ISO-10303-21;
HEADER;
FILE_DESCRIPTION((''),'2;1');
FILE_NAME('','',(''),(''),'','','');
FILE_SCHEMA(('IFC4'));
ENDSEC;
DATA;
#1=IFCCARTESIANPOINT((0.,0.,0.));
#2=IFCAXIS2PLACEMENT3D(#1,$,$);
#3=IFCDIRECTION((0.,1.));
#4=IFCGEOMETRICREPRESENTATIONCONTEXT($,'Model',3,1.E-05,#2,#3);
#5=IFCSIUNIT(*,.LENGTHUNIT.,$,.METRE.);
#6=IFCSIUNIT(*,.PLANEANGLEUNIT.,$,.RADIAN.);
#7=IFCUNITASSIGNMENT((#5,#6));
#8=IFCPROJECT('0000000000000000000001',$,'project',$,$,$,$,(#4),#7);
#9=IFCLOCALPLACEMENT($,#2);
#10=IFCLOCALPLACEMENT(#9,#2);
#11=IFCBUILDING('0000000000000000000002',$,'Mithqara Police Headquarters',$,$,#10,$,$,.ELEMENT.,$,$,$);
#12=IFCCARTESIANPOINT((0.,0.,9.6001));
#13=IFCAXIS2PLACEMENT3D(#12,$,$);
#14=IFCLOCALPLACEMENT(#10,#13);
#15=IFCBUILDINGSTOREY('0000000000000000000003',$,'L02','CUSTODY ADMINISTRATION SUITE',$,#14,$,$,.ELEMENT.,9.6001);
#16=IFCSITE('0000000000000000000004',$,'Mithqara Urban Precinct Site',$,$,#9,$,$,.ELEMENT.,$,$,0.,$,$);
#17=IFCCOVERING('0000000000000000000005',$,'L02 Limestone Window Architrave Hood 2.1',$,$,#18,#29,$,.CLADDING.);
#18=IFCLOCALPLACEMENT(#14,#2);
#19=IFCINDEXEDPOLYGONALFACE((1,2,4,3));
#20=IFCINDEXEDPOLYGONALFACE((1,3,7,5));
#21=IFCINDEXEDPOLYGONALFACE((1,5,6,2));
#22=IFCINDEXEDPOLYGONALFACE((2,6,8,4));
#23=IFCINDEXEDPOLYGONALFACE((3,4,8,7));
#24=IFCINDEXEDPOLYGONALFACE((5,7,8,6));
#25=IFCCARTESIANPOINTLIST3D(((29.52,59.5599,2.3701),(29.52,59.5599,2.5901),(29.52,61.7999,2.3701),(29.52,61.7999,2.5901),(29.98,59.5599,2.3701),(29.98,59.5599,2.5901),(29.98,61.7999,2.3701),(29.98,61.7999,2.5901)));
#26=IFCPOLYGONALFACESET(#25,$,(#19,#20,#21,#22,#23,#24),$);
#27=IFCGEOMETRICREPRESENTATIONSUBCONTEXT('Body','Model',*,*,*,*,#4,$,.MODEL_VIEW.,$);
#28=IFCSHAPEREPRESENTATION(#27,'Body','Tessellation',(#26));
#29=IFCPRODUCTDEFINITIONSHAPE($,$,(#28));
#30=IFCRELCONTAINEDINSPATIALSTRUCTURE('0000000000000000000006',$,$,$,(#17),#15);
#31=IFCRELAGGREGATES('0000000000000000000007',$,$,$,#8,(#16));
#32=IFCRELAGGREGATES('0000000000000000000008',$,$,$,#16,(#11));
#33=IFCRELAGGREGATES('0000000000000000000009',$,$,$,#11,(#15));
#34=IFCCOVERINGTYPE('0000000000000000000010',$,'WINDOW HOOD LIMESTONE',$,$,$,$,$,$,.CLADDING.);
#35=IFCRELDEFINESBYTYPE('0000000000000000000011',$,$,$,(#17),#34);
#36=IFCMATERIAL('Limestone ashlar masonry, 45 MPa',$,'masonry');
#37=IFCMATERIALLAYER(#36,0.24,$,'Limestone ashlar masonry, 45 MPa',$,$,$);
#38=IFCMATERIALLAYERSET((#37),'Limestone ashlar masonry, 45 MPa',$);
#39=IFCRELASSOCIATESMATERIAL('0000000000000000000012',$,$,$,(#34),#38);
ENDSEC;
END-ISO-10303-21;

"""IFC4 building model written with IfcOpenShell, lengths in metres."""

from ifc_helpers import new_model, si_unit, direction, frame, origin, origin_2d, place, context, subcontext, project, spatial, rectangle, extrude, material, layer, layer_set, type_object, element, save


model = new_model("IFC4")

# Units and contexts
model_context = context("Model", 3, precision=1e-05, world=origin(), true_north=direction((0.0, 1.0)))
body_context = subcontext(model_context, "Body", "Model", "MODEL_VIEW")
ifc_project = project(units=[si_unit("LENGTHUNIT", "METRE"), si_unit("PLANEANGLEUNIT", "RADIAN")], contexts=[model_context])

# Site, building, storey
site_placement = place(None, origin())
site = spatial("IfcSite", under=ifc_project, at=site_placement, Name="Mithqara Urban Precinct Site", CompositionType="ELEMENT", RefElevation=0.0)
building_placement = place(site_placement, origin())
building = spatial("IfcBuilding", under=site, at=building_placement, Name="Mithqara Police Headquarters", CompositionType="ELEMENT")
storey_placement = place(building_placement, frame((0.0, 0.0, 9.6001)))
storey = spatial("IfcBuildingStorey", under=building, at=storey_placement, Name="L02", Description="CUSTODY ADMINISTRATION SUITE", CompositionType="ELEMENT", Elevation=9.6001)

# Shared definitions
ifc_material_1 = material(Name="Limestone ashlar masonry, 45 MPa", Category="masonry")

# Covering
ifc_layer_1 = layer(ifc_material_1, 0.24, Name="Limestone ashlar masonry, 45 MPa")
ifc_layer_set_1 = layer_set([ifc_layer_1], Name="Limestone ashlar masonry, 45 MPa")
covering_type = type_object("IfcCoveringType", Name="WINDOW HOOD LIMESTONE", PredefinedType="CLADDING", material=ifc_layer_set_1)
covering_placement = place(storey_placement, frame((29.75, 60.6799, 2.3701), z_axis=(0.0, 0.0, 1.0), x_axis=(0.0, 1.0, 0.0)))
element("IfcCovering", 1, at=covering_placement, inside=storey, type_object=covering_type, Name="L02 Limestone Window Architrave Hood 2.1", PredefinedType="CLADDING", context=body_context, shape_type="SweptSolid", body=[
    extrude(rectangle(XDim=2.24, YDim=0.46, at=origin_2d()), origin(), (0.0, 0.0, 1.0), 0.22),
])

save(model, "model.ifc")
